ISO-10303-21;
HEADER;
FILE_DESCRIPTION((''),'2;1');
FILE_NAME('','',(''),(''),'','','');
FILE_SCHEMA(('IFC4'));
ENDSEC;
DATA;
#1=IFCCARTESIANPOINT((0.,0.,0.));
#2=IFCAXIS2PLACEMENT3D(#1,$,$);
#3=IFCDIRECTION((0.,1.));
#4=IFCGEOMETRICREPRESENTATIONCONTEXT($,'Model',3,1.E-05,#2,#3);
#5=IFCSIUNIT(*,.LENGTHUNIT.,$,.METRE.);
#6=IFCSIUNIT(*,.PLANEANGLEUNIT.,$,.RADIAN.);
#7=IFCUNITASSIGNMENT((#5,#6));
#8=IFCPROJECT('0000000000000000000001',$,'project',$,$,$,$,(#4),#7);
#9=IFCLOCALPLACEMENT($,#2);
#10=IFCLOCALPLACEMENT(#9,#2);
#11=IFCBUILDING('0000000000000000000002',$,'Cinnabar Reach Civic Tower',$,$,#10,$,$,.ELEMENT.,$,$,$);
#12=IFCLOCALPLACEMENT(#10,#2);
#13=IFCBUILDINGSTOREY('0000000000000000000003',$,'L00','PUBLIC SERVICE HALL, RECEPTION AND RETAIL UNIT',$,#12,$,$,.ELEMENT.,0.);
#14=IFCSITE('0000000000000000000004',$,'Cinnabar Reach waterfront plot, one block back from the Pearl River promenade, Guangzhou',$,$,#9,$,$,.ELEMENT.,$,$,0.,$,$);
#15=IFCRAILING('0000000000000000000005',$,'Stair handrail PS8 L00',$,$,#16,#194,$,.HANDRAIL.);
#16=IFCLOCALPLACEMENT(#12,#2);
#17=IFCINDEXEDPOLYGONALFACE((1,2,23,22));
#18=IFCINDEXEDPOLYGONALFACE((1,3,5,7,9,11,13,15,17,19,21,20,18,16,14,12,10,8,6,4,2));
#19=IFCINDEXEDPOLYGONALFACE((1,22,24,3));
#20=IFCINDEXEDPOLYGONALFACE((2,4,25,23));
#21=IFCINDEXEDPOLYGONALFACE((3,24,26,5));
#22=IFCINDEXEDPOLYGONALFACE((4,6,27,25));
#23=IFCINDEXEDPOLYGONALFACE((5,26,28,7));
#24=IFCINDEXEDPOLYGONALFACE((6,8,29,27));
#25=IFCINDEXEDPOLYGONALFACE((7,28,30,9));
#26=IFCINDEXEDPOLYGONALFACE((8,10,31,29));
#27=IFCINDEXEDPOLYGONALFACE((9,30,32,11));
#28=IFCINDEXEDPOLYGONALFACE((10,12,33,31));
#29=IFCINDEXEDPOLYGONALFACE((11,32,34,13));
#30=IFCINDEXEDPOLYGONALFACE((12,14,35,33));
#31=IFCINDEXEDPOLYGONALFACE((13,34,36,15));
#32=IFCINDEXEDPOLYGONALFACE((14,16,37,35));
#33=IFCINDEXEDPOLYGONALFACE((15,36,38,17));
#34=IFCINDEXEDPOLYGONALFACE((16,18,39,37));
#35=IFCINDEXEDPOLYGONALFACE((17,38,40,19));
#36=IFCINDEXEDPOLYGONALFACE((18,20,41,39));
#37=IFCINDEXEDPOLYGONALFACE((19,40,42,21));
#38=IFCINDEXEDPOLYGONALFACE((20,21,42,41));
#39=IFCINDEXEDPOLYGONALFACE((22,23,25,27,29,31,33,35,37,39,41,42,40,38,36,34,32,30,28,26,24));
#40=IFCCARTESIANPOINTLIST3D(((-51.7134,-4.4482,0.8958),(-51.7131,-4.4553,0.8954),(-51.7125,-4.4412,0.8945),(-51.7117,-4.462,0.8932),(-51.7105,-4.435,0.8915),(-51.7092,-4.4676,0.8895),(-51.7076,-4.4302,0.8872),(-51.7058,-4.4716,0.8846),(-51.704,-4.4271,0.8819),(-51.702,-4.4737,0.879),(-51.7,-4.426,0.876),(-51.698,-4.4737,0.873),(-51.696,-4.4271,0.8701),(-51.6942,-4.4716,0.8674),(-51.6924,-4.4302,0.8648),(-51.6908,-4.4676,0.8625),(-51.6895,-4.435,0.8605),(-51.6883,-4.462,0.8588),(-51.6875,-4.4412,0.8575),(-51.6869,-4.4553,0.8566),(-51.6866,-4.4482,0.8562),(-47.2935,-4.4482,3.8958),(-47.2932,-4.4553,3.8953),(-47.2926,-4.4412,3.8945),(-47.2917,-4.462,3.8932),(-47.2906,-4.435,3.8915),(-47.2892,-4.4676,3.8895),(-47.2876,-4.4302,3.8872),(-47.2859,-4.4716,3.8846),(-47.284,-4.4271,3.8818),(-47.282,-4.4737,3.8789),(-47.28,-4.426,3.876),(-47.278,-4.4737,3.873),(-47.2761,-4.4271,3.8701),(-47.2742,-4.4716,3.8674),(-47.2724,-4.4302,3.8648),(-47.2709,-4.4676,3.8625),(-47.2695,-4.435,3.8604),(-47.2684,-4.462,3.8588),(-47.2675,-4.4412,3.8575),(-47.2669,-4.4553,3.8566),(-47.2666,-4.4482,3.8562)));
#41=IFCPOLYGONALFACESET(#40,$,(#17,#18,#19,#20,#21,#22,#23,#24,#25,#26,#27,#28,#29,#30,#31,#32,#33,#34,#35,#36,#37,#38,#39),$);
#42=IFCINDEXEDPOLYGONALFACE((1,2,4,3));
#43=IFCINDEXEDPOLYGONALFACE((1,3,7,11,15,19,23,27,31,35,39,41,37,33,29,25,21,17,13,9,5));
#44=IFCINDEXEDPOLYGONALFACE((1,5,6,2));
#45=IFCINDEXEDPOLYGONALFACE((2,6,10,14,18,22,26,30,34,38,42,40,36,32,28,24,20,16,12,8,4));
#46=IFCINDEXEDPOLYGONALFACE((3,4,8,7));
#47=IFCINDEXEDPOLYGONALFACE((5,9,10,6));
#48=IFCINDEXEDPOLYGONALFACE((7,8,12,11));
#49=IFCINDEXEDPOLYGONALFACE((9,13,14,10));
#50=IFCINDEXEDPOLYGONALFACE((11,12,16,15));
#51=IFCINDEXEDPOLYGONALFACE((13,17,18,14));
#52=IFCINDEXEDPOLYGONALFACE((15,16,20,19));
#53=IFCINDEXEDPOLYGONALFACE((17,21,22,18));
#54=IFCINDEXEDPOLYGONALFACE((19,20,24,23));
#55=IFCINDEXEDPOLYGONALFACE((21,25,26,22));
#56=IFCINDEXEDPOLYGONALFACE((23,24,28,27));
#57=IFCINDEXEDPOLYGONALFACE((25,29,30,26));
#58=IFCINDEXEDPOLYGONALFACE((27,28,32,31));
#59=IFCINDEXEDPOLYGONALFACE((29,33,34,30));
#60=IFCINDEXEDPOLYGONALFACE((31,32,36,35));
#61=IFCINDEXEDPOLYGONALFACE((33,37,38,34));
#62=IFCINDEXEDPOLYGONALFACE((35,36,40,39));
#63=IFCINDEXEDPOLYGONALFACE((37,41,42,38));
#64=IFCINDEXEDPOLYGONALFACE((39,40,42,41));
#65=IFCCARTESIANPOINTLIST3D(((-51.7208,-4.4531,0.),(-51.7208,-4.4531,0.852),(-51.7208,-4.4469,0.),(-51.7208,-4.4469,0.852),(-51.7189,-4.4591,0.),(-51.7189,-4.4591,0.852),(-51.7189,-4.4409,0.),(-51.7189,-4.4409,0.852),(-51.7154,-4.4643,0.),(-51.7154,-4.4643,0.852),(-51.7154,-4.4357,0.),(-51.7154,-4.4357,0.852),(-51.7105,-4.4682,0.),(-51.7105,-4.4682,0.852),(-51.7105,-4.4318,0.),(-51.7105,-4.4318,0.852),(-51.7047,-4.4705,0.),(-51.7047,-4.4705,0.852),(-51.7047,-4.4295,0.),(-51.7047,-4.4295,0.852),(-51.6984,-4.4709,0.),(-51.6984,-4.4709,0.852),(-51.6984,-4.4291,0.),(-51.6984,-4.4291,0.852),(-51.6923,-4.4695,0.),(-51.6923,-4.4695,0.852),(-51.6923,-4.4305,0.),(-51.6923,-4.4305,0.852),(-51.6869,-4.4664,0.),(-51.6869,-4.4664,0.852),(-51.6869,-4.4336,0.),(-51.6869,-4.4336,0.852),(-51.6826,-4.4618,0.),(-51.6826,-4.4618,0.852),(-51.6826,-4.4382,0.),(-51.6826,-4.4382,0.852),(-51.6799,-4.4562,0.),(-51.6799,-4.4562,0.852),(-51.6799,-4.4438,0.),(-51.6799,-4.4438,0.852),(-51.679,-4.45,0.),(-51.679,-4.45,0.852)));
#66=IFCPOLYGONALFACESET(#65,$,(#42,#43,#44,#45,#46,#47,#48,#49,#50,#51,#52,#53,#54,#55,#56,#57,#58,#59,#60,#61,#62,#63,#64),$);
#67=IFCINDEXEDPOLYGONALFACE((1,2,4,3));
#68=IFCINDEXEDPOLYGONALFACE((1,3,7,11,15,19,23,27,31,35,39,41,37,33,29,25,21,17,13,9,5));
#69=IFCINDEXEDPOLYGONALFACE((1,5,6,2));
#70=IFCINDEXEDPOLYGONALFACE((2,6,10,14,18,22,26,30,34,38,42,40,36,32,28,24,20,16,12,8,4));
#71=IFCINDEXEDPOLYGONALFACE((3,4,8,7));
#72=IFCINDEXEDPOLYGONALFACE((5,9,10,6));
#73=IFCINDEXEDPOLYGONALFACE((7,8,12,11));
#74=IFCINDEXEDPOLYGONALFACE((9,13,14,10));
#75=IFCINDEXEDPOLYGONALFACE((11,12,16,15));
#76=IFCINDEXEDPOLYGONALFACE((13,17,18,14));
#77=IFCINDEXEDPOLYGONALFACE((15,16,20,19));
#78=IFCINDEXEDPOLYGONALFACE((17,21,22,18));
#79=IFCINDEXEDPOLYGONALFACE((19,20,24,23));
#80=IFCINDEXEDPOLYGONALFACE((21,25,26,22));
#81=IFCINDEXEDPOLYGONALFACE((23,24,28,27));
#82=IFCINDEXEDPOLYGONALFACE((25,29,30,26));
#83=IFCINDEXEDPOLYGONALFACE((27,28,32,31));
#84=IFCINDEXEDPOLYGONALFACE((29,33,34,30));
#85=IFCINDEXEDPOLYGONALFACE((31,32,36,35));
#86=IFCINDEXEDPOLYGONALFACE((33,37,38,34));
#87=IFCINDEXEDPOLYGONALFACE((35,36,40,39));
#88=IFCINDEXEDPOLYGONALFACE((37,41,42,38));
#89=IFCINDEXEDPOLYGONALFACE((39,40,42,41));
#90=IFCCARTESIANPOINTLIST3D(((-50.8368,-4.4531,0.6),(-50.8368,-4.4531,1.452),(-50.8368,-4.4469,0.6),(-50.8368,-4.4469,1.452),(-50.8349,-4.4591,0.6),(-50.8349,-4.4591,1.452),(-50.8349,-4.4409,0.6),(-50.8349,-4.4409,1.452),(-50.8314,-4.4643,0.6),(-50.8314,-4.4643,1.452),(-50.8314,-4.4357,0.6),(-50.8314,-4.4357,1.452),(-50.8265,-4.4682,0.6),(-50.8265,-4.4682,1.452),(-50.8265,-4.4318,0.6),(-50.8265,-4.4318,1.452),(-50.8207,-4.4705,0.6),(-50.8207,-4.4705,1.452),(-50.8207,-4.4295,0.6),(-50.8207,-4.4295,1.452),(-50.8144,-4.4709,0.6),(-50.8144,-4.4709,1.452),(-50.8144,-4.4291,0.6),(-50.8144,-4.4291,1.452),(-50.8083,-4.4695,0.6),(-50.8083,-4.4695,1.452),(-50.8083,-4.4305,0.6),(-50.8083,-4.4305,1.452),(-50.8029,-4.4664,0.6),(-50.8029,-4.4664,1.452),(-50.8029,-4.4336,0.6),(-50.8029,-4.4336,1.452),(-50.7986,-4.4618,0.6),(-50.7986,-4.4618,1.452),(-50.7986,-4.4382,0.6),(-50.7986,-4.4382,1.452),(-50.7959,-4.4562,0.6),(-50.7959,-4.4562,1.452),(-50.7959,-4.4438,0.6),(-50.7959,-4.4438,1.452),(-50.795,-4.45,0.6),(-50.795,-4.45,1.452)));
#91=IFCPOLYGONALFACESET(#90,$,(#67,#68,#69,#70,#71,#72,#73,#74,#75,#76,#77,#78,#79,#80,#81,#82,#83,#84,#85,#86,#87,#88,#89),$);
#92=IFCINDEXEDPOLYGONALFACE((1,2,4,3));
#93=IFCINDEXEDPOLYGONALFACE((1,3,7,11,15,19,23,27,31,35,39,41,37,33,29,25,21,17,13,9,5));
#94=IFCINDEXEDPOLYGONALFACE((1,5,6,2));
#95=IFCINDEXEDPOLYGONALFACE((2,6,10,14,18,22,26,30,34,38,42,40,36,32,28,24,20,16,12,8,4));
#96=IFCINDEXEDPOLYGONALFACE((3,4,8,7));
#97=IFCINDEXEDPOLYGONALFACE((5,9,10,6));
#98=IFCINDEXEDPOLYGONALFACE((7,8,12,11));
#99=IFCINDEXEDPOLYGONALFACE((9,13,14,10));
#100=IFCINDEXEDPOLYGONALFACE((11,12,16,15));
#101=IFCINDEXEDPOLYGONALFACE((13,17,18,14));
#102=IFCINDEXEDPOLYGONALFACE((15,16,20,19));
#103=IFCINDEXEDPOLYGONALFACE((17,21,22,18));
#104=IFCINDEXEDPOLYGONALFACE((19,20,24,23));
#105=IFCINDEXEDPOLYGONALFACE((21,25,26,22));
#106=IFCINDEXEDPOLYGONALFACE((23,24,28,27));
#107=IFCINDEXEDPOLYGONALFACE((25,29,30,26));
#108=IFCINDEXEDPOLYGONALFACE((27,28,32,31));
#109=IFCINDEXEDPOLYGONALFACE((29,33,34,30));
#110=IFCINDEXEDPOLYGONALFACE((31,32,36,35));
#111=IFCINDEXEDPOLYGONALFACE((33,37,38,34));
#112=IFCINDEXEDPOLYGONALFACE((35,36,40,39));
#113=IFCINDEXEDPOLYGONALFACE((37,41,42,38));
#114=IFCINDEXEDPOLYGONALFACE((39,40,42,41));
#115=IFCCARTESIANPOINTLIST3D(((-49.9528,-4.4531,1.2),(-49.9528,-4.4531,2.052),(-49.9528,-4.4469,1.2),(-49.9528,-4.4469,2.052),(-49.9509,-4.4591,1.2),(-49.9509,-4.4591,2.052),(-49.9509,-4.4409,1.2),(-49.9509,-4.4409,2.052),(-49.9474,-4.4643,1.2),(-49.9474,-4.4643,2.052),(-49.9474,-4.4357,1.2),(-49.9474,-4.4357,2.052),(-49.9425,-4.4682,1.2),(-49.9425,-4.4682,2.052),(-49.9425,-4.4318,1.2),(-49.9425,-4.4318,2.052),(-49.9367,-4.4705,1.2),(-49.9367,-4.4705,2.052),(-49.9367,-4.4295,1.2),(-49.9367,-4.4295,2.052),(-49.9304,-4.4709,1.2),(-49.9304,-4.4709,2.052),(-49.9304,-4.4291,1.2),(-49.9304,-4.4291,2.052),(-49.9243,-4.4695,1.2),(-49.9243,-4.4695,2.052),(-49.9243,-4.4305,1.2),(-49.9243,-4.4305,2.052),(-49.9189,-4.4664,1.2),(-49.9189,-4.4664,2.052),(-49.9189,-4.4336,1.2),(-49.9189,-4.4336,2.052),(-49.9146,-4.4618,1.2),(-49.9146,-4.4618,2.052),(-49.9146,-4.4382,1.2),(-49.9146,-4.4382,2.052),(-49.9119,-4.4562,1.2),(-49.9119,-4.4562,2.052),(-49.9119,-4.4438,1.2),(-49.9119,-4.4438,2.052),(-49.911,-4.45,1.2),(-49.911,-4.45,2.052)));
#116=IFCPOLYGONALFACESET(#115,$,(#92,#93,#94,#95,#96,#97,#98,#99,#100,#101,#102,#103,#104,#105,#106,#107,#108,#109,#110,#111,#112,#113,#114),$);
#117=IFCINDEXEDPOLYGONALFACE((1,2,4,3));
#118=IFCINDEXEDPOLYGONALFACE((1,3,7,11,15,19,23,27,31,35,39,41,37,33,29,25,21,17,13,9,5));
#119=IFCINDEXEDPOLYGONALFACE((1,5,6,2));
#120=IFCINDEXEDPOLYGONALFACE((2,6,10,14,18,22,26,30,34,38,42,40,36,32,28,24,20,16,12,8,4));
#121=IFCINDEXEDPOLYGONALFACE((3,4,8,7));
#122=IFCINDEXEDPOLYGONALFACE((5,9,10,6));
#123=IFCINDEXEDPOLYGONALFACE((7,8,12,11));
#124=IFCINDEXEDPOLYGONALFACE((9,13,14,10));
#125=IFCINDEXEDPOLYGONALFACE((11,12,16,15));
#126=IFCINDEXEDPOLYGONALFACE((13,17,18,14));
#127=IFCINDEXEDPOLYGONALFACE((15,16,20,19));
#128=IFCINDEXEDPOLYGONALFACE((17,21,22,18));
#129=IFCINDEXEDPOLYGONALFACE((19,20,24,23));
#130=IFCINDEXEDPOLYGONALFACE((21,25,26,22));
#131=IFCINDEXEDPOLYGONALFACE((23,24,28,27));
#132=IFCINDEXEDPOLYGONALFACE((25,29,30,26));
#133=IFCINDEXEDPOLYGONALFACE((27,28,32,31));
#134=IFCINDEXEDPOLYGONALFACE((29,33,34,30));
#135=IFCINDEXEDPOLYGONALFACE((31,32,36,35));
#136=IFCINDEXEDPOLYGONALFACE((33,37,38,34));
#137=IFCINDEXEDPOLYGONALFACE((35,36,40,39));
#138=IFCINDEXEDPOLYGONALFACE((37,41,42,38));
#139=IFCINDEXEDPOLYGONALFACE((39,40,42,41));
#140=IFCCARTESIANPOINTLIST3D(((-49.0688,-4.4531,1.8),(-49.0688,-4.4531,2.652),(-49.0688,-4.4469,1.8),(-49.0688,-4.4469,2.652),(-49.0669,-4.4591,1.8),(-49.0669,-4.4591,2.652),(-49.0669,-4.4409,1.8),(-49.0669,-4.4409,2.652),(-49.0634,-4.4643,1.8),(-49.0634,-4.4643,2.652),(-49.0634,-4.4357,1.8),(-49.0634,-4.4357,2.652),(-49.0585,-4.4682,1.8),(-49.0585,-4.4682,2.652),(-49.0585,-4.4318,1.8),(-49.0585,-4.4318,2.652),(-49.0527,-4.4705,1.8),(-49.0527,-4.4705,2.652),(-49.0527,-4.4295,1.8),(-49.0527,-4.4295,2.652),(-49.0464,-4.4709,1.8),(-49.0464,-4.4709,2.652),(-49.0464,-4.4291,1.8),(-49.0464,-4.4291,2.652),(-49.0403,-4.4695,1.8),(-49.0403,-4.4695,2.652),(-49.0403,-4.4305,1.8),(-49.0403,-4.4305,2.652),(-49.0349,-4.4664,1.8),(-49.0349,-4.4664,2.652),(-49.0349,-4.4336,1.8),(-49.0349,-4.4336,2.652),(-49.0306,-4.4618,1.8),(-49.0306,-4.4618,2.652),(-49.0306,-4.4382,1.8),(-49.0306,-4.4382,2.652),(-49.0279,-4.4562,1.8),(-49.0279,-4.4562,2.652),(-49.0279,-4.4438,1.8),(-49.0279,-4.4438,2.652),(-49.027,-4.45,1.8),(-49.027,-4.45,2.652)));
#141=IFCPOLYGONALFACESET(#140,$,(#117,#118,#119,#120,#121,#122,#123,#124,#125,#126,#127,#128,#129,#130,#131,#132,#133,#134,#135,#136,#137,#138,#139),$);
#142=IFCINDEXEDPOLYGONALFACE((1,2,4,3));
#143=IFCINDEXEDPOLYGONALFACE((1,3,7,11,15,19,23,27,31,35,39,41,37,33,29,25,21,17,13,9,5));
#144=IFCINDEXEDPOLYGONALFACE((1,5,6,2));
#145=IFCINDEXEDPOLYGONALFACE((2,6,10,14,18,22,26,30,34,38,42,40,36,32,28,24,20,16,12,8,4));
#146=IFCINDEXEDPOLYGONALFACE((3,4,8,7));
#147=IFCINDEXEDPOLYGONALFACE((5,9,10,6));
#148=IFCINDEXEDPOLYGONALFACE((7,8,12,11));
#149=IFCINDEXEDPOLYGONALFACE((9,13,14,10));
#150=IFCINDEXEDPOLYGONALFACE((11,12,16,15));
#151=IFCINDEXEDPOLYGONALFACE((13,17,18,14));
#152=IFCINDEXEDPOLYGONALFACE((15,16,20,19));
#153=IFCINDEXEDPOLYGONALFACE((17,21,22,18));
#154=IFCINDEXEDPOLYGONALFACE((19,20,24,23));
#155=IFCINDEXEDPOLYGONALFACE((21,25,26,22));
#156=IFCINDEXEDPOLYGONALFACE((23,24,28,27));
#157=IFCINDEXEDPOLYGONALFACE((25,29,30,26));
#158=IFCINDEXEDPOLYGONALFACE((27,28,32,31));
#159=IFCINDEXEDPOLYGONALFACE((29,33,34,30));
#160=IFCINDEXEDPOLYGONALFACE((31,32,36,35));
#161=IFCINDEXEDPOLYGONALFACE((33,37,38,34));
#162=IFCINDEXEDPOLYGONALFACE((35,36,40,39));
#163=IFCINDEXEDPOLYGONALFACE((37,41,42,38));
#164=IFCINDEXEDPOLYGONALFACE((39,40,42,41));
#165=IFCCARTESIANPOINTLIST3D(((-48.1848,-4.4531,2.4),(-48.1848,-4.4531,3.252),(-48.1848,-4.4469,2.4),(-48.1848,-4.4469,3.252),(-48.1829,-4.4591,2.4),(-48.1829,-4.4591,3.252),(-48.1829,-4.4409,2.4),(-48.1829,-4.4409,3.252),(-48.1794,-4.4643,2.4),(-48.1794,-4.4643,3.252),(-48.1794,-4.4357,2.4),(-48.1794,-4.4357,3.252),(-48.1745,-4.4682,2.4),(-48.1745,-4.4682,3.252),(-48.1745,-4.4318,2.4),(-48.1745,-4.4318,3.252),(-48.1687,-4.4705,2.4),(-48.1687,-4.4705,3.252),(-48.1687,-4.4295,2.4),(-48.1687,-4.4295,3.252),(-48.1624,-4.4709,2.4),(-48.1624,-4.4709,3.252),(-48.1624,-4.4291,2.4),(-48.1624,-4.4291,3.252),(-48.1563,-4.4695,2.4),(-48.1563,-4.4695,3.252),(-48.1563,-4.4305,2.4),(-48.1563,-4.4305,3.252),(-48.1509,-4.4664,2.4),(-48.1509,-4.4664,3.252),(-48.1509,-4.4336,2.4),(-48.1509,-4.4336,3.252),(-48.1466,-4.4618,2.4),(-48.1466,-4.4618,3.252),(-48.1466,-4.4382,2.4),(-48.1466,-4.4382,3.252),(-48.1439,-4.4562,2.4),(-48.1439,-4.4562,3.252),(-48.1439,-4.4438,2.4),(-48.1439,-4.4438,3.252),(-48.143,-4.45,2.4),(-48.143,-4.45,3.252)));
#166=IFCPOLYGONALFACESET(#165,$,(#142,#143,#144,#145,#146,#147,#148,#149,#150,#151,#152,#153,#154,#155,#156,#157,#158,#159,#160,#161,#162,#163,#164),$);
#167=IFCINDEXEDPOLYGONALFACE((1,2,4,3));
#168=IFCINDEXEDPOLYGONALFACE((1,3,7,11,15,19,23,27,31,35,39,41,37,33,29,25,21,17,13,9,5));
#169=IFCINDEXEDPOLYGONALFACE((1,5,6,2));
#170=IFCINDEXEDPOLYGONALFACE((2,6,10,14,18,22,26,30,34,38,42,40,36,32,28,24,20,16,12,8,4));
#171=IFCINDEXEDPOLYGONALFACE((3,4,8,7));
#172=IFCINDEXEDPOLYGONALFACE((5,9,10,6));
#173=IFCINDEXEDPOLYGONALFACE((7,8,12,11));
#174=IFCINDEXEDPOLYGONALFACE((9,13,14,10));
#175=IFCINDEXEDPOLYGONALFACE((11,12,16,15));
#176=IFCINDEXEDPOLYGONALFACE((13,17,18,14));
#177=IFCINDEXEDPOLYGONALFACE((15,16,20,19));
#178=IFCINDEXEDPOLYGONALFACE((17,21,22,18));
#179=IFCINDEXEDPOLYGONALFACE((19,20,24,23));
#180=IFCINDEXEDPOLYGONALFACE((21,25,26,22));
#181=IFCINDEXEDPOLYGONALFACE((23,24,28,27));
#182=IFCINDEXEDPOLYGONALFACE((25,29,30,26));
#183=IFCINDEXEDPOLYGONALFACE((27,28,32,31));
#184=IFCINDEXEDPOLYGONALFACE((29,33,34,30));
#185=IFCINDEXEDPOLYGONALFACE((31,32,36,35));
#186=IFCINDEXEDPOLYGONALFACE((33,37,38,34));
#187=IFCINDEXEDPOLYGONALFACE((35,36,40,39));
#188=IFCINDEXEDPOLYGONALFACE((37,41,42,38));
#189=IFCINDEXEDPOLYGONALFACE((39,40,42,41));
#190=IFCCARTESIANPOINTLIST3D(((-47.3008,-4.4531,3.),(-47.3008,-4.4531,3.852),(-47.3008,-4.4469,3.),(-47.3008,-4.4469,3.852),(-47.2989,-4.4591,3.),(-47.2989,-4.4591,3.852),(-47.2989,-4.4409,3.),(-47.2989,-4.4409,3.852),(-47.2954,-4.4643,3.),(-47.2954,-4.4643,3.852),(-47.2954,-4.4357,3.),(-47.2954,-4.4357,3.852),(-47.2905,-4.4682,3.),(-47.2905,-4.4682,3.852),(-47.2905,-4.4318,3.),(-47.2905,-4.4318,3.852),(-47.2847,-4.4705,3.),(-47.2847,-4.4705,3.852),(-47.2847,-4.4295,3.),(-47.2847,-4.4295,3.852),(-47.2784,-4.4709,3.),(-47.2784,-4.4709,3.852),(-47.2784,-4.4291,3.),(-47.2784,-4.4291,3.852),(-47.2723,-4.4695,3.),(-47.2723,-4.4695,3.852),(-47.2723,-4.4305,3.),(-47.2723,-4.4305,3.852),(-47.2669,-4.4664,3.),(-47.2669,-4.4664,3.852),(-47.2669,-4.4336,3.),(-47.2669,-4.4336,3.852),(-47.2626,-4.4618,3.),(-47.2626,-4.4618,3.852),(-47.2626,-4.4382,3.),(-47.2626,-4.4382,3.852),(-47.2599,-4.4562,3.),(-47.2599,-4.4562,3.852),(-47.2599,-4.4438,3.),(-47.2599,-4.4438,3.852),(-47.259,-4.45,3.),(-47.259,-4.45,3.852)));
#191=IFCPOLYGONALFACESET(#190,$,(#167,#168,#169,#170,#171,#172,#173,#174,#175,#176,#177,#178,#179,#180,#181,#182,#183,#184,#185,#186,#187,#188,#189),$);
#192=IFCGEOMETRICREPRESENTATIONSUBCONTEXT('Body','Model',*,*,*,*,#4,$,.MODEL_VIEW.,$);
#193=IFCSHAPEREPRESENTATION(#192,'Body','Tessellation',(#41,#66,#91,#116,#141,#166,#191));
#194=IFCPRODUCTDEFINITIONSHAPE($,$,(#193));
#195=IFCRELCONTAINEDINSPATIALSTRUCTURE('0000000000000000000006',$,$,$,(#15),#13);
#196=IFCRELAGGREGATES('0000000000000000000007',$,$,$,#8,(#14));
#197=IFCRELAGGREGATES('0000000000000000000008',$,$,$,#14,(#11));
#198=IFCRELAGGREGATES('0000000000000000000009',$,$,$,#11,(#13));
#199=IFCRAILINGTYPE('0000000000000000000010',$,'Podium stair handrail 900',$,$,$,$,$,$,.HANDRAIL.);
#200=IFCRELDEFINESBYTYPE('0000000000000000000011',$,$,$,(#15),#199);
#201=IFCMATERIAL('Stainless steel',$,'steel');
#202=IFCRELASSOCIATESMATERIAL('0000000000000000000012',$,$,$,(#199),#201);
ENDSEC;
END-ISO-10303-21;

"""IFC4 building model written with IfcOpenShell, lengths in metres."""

from ifc_helpers import new_model, si_unit, direction, frame, origin, origin_2d, place, context, subcontext, project, spatial, circle, extrude, material, type_object, element, save


model = new_model("IFC4")

# Units and contexts
model_context = context("Model", 3, precision=1e-05, world=origin(), true_north=direction((0.0, 1.0)))
body_context = subcontext(model_context, "Body", "Model", "MODEL_VIEW")
ifc_project = project(units=[si_unit("LENGTHUNIT", "METRE"), si_unit("PLANEANGLEUNIT", "RADIAN")], contexts=[model_context])

# Site, building, storey
site_placement = place(None, origin())
site = spatial("IfcSite", under=ifc_project, at=site_placement, Name="Cinnabar Reach waterfront plot, one block back from the Pearl River promenade, Guangzhou", CompositionType="ELEMENT", RefElevation=0.0)
building_placement = place(site_placement, origin())
building = spatial("IfcBuilding", under=site, at=building_placement, Name="Cinnabar Reach Civic Tower", CompositionType="ELEMENT")
storey_placement = place(building_placement, origin())
storey = spatial("IfcBuildingStorey", under=building, at=storey_placement, Name="L00", Description="PUBLIC SERVICE HALL, RECEPTION AND RETAIL UNIT", CompositionType="ELEMENT", Elevation=0.0)

# Railing
ifc_material_1 = material(Name="Stainless steel", Category="steel")
railing_type_1 = type_object("IfcRailingType", Name="Podium stair handrail 900", PredefinedType="HANDRAIL", material=ifc_material_1)
railing_1_placement = place(storey_placement, frame((-51.7, -4.45, 0.0)))
element("IfcRailing", 1, at=railing_1_placement, inside=storey, type_object=railing_type_1, Name="Stair handrail PS8 L00", PredefinedType="HANDRAIL", context=body_context, shape_type="SweptSolid", body=[
    extrude(circle(Radius=0.024, at=origin_2d()), frame((0.0, 0.0, 0.876), z_axis=(0.827414, 0.0, 0.561593), x_axis=(0.0, 1.0, 0.0)), (0.0, 0.0, 1.0), 5.3419),
    extrude(circle(Radius=0.021, at=origin_2d()), origin(), (0.0, 0.0, 1.0), 0.852),
    extrude(circle(Radius=0.021, at=origin_2d()), frame((0.884, 0.0, 0.6)), (0.0, 0.0, 1.0), 0.852),
    extrude(circle(Radius=0.021, at=origin_2d()), frame((1.768, 0.0, 1.2)), (0.0, 0.0, 1.0), 0.852),
    extrude(circle(Radius=0.021, at=origin_2d()), frame((2.652, 0.0, 1.8)), (0.0, 0.0, 1.0), 0.852),
    extrude(circle(Radius=0.021, at=origin_2d()), frame((3.536, 0.0, 2.4)), (0.0, 0.0, 1.0), 0.852),
    extrude(circle(Radius=0.021, at=origin_2d()), frame((4.42, 0.0, 3.0)), (0.0, 0.0, 1.0), 0.852),
])

save(model, "model.ifc")
